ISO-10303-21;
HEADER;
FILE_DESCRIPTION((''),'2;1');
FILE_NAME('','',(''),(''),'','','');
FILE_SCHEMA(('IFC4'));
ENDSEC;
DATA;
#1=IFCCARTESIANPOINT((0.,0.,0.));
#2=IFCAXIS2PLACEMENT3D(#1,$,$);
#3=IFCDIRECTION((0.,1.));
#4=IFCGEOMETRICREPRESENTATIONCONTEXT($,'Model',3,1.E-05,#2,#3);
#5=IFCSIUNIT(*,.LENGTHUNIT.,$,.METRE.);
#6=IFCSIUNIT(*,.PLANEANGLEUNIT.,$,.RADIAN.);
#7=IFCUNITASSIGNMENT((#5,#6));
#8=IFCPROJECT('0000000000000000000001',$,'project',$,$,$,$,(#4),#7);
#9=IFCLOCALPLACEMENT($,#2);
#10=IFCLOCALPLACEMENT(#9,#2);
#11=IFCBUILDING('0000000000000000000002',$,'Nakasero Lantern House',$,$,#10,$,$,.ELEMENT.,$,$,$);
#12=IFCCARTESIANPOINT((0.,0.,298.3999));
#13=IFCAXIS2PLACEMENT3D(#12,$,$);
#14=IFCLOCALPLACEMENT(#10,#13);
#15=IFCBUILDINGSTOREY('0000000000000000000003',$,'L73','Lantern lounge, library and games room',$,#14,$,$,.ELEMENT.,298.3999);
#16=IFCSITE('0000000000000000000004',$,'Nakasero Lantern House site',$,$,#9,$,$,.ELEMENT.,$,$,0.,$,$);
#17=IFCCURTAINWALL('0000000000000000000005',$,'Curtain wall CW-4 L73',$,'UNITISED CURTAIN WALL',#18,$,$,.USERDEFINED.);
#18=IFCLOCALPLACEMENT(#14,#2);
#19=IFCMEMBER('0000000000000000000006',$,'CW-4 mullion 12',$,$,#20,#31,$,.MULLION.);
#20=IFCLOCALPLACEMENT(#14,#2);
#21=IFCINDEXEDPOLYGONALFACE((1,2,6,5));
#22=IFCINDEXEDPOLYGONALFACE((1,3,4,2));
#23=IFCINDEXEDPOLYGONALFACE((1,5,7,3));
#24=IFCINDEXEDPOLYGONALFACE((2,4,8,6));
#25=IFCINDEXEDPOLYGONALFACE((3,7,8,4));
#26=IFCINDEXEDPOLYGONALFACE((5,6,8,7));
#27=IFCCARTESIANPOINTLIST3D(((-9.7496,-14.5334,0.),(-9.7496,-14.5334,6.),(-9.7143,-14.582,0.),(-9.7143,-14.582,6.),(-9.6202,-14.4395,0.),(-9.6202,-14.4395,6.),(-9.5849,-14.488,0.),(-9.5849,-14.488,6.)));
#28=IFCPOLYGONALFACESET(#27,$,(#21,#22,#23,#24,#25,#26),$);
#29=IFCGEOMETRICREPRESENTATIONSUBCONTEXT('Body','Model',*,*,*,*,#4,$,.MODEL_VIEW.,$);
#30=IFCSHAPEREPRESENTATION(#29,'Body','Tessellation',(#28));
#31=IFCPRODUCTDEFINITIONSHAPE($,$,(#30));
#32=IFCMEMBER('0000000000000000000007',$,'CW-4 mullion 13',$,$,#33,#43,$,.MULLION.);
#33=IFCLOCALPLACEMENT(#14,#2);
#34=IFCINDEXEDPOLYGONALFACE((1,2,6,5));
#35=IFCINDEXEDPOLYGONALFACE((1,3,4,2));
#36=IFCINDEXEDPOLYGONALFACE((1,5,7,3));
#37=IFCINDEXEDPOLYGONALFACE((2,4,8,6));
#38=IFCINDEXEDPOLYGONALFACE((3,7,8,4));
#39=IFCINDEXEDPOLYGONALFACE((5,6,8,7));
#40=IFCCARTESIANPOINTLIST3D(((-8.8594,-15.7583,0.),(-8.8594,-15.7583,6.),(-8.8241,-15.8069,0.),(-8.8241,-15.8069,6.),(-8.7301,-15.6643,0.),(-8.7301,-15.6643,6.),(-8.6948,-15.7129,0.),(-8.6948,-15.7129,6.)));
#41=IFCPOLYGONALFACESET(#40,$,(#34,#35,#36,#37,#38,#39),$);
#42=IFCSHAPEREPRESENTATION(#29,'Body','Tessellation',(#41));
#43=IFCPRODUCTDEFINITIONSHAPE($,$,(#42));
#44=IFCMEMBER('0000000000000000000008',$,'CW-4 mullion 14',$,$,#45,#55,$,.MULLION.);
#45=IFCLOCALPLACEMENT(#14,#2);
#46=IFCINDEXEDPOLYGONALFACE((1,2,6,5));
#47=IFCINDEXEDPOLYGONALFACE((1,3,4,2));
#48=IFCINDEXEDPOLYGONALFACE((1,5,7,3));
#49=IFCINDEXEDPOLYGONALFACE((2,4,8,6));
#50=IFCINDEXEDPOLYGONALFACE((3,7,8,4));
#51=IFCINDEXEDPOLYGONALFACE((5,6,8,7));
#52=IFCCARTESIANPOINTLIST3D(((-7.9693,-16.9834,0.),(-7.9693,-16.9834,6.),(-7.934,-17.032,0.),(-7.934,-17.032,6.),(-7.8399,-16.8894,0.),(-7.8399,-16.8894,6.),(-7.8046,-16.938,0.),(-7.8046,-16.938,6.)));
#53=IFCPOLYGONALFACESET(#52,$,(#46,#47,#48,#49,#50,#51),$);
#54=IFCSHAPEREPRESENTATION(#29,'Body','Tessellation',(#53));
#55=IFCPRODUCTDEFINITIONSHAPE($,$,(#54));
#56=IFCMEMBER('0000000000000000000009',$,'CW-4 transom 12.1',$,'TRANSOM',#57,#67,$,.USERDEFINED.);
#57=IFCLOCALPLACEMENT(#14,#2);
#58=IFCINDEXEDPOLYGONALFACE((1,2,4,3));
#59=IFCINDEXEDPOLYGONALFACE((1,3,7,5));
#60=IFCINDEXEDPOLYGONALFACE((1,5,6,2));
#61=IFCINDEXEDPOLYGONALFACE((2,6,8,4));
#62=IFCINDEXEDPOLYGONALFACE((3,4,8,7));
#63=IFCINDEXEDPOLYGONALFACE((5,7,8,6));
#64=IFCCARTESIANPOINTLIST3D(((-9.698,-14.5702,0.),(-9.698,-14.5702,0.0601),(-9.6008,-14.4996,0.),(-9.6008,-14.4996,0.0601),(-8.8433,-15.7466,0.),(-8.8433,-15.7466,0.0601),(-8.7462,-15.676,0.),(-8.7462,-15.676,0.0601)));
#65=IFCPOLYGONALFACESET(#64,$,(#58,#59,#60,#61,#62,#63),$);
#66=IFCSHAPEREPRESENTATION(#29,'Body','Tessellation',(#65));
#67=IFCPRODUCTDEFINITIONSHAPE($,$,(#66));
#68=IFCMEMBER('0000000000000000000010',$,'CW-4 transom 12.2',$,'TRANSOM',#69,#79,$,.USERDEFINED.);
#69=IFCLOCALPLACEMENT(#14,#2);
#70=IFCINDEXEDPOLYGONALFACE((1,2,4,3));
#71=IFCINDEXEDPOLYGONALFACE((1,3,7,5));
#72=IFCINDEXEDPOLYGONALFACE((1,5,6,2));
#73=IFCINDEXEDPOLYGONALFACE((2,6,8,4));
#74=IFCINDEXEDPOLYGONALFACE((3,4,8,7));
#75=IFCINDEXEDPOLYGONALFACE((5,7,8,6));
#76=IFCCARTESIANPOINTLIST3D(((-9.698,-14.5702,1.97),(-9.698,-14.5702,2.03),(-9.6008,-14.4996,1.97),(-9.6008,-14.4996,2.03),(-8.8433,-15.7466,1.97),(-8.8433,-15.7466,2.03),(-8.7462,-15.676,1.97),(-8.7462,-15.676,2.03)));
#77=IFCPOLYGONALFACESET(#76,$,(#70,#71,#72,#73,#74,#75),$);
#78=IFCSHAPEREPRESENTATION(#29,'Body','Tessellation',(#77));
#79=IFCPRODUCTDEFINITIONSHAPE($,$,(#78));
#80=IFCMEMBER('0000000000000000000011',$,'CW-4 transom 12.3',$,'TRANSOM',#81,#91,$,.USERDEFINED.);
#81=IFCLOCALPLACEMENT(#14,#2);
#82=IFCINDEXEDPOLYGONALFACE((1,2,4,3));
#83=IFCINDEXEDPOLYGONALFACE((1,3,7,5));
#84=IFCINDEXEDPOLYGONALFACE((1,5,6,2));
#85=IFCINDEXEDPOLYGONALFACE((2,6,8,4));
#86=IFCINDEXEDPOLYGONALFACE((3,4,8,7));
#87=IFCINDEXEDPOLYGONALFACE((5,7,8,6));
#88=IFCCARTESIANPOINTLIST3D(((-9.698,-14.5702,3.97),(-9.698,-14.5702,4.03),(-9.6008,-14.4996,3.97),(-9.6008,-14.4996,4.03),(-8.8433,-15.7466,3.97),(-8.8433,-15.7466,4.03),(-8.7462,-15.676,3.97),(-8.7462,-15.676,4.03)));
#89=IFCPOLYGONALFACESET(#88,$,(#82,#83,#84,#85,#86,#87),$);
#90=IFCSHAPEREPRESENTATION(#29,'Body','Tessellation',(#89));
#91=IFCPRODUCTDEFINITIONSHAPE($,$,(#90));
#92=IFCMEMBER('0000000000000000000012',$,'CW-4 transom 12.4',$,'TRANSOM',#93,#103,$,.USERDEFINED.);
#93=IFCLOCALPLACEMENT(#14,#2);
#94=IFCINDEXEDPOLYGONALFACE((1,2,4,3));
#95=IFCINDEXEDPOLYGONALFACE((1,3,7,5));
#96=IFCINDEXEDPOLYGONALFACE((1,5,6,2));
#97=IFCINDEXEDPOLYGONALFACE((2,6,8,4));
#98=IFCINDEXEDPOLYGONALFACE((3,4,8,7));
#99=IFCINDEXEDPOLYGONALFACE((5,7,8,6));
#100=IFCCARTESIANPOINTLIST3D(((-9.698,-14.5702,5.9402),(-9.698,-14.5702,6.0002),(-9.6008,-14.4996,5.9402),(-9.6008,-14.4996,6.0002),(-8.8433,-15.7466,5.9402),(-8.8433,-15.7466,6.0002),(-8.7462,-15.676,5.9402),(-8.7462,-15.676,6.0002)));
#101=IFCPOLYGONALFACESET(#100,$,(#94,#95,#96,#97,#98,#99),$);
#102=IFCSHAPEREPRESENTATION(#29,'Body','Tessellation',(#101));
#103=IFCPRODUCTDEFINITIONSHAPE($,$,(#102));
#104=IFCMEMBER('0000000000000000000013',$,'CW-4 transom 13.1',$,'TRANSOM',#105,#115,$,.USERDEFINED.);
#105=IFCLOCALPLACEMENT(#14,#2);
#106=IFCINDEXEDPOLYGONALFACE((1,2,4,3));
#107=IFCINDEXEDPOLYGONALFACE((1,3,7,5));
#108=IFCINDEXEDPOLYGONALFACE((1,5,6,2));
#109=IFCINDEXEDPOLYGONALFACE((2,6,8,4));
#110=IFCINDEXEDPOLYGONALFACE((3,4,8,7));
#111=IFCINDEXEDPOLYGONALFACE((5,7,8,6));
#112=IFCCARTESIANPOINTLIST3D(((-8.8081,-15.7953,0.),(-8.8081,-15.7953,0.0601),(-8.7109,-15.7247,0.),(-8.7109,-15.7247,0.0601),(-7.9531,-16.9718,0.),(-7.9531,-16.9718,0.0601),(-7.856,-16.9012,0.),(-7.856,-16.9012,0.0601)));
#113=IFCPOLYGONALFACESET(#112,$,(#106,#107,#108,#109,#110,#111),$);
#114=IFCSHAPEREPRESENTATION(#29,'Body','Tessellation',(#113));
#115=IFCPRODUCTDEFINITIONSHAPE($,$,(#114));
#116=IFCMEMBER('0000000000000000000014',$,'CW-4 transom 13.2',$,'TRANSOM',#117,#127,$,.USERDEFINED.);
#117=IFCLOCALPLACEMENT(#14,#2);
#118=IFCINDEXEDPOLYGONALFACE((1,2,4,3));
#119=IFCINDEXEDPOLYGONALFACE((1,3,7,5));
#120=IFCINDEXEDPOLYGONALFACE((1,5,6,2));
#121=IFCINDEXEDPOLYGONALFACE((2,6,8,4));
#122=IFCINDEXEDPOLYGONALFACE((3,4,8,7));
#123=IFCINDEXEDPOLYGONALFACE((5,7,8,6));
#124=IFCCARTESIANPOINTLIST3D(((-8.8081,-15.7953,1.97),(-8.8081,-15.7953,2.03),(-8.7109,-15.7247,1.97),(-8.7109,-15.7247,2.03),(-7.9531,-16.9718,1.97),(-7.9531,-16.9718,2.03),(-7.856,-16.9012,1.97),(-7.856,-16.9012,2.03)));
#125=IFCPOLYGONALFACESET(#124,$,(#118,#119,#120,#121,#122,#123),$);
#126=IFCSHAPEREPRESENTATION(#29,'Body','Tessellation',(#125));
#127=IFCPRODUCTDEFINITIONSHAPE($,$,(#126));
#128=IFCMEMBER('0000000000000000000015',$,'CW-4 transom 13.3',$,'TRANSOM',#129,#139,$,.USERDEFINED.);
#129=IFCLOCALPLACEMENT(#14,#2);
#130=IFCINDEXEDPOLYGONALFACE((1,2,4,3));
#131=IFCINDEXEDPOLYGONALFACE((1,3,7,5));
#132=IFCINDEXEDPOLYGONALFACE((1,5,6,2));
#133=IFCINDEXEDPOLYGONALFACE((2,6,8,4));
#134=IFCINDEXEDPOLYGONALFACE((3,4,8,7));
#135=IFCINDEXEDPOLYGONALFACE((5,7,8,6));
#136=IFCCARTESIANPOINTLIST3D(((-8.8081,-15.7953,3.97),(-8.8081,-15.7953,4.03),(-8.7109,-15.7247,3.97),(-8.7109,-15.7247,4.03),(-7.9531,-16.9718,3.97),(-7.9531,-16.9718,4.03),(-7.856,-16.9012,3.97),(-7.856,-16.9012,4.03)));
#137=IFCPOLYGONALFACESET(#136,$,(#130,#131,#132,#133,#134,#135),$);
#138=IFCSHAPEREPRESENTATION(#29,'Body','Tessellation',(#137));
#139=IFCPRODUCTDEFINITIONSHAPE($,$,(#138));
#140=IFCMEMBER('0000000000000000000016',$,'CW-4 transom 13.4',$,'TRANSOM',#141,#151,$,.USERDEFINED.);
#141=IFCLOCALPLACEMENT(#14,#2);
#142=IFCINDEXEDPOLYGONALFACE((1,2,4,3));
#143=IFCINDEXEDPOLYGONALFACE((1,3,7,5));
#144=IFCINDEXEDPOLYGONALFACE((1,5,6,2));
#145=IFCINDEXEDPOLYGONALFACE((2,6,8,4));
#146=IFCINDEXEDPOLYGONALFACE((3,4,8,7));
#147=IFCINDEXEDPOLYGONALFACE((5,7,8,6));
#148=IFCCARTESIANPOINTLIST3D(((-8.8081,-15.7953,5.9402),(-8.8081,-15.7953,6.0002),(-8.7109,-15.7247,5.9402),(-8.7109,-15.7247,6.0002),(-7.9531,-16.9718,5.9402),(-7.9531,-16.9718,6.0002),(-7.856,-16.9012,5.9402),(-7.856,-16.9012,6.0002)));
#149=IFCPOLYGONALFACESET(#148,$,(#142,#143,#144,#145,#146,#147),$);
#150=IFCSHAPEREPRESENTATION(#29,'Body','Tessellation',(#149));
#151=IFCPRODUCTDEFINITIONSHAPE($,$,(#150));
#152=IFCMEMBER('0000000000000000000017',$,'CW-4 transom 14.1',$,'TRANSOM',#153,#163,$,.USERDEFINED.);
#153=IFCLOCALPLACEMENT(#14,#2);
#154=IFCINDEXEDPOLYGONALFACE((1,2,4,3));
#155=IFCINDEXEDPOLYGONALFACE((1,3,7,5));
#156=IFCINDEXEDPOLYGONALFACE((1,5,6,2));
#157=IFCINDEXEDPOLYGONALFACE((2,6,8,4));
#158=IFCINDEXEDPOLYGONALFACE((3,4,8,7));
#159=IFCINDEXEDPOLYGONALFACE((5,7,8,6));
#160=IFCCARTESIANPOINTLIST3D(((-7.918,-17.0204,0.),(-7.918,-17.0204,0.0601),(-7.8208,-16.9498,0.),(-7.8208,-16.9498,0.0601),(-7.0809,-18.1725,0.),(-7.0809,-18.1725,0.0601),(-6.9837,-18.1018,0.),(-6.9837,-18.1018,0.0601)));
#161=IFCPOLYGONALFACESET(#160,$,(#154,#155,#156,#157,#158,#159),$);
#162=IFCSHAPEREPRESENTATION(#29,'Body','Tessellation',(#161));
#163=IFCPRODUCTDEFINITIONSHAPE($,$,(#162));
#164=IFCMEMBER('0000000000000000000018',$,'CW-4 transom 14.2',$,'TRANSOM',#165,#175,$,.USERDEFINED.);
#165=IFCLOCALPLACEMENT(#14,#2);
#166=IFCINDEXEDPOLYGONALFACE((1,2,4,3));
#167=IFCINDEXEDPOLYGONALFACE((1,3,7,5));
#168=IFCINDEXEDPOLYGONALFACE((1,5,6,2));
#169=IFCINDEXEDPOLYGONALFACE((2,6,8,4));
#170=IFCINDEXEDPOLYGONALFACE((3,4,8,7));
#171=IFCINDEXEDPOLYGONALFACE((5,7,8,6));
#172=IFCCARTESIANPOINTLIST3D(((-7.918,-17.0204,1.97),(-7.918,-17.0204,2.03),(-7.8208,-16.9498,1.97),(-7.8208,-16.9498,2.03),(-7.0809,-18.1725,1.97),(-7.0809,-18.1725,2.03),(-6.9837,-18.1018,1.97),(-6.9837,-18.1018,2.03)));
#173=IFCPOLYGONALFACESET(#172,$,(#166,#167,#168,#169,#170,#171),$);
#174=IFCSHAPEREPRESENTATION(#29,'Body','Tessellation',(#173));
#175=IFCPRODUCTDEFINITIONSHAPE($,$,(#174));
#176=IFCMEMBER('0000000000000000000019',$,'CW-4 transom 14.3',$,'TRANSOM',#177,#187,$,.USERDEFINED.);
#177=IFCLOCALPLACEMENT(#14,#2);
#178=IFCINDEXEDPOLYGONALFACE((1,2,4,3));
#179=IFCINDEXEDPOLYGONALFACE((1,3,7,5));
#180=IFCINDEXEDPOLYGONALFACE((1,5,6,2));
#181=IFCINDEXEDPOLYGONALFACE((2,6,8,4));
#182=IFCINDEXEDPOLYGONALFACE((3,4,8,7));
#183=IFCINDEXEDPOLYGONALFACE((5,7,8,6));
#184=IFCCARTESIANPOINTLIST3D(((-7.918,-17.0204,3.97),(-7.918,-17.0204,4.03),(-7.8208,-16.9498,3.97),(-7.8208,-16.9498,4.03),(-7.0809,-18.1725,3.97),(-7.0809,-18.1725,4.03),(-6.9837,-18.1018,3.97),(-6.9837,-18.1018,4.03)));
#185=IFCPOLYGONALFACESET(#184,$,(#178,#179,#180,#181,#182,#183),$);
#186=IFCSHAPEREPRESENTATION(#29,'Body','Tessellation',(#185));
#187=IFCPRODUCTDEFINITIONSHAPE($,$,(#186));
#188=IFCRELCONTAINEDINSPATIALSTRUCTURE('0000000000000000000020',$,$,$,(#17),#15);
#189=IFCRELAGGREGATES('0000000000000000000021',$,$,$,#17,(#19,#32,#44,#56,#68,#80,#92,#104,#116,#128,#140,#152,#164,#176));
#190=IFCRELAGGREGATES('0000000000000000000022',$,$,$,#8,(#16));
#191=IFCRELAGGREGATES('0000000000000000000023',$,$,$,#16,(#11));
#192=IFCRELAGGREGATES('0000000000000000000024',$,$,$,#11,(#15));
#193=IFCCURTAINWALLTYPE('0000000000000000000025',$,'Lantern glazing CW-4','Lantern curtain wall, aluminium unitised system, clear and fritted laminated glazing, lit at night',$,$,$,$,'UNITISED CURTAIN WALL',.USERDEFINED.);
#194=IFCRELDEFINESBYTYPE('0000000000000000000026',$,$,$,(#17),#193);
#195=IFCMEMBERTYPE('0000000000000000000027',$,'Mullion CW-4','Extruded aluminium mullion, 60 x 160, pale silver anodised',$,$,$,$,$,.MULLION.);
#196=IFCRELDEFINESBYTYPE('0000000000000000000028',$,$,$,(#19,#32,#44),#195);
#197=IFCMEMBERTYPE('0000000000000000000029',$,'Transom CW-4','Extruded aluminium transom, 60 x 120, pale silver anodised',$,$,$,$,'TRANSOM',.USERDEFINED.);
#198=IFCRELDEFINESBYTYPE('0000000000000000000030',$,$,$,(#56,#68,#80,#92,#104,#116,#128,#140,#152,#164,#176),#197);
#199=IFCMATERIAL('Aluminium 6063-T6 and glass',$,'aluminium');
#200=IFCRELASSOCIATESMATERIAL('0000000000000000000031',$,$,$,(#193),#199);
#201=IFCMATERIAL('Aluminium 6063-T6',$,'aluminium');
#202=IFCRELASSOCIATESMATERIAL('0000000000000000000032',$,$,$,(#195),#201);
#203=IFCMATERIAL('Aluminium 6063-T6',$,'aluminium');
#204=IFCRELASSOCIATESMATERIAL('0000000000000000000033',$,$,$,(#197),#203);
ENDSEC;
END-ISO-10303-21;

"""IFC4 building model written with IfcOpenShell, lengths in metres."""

from ifc_helpers import new_model, si_unit, direction, frame, origin, origin_2d, place, context, subcontext, project, spatial, rectangle, extrude, material, material_profile, profile_set, type_object, element, aggregate, save


model = new_model("IFC4")

# Units and contexts
model_context = context("Model", 3, precision=1e-05, world=origin(), true_north=direction((0.0, 1.0)))
body_context = subcontext(model_context, "Body", "Model", "MODEL_VIEW")
ifc_project = project(units=[si_unit("LENGTHUNIT", "METRE"), si_unit("PLANEANGLEUNIT", "RADIAN")], contexts=[model_context])

# Site, building, storey
site_placement = place(None, origin())
site = spatial("IfcSite", under=ifc_project, at=site_placement, Name="Nakasero Lantern House site", CompositionType="ELEMENT", RefElevation=0.0)
building_placement = place(site_placement, origin())
building = spatial("IfcBuilding", under=site, at=building_placement, Name="Nakasero Lantern House", CompositionType="ELEMENT")
storey_placement = place(building_placement, frame((0.0, 0.0, 298.3999)))
storey = spatial("IfcBuildingStorey", under=building, at=storey_placement, Name="L73", Description="Lantern lounge, library and games room", CompositionType="ELEMENT", Elevation=298.3999)

# Curtain wall, members
ifc_material_1 = material(Name="Aluminium 6063-T6 and glass", Category="aluminium")
curtain_wall_type = type_object("IfcCurtainWallType", Name="Lantern glazing CW-4", Description="Lantern curtain wall, aluminium unitised system, clear and fritted laminated glazing, lit at night", ElementType="UNITISED CURTAIN WALL", PredefinedType="USERDEFINED", material=ifc_material_1)
curtain_wall_placement = place(storey_placement, origin())
curtain_wall = element("IfcCurtainWall", 1, at=curtain_wall_placement, inside=storey, type_object=curtain_wall_type, Name="Curtain wall CW-4 L73", ObjectType="UNITISED CURTAIN WALL", PredefinedType="USERDEFINED")
ifc_material_2 = material(Name="Aluminium 6063-T6", Category="aluminium")
ifc_material_profile_1 = material_profile(ifc_material_2, rectangle(XDim=0.0601, YDim=0.1599, at=origin_2d()), Name="CW-4 mullion 60x160")
ifc_profile_set_1 = profile_set([ifc_material_profile_1], Name="Aluminium 6063-T6")
member_type_1 = type_object("IfcMemberType", Name="Mullion CW-4", Description="Extruded aluminium mullion, 60 x 160, pale silver anodised", PredefinedType="MULLION", material=ifc_profile_set_1)
member_1_placement = place(storey_placement, frame((-9.6672, -14.5107, 0.0), z_axis=(0.0, 0.0, 1.0), x_axis=(0.587785, -0.809017, 0.0)))
member_1 = element("IfcMember", 2, at=member_1_placement, type_object=member_type_1, Name="CW-4 mullion 12", PredefinedType="MULLION", context=body_context, shape_type="SweptSolid", body=[
    extrude(rectangle(XDim=0.0601, YDim=0.1599, at=origin_2d()), origin(), (0.0, 0.0, 1.0), 6.0),
])
member_2_placement = place(storey_placement, frame((-8.7771, -15.7356, 0.0), z_axis=(0.0, 0.0, 1.0), x_axis=(0.587785, -0.809017, 0.0)))
member_2 = element("IfcMember", 3, at=member_2_placement, type_object=member_type_1, Name="CW-4 mullion 13", PredefinedType="MULLION", context=body_context, shape_type="SweptSolid", body=[
    extrude(rectangle(XDim=0.0601, YDim=0.1599, at=origin_2d()), origin(), (0.0, 0.0, 1.0), 6.0),
])
member_3_placement = place(storey_placement, frame((-7.887, -16.9607, 0.0), z_axis=(0.0, 0.0, 1.0), x_axis=(0.587785, -0.809017, 0.0)))
member_3 = element("IfcMember", 4, at=member_3_placement, type_object=member_type_1, Name="CW-4 mullion 14", PredefinedType="MULLION", context=body_context, shape_type="SweptSolid", body=[
    extrude(rectangle(XDim=0.0601, YDim=0.1599, at=origin_2d()), origin(), (0.0, 0.0, 1.0), 6.0),
])
ifc_material_3 = material(Name="Aluminium 6063-T6", Category="aluminium")
ifc_material_profile_2 = material_profile(ifc_material_3, rectangle(XDim=0.0601, YDim=0.1201, at=origin_2d()), Name="CW-4 transom 60x120")
ifc_profile_set_2 = profile_set([ifc_material_profile_2], Name="Aluminium 6063-T6")
member_type_2 = type_object("IfcMemberType", Name="Transom CW-4", Description="Extruded aluminium transom, 60 x 120, pale silver anodised", ElementType="TRANSOM", PredefinedType="USERDEFINED", material=ifc_profile_set_2)
member_4_placement = place(storey_placement, frame((-9.6494, -14.5349, 0.03), z_axis=(0.587762, -0.809034, 0.0), x_axis=(0.0, 0.0, 1.0)))
member_4 = element("IfcMember", 5, at=member_4_placement, type_object=member_type_2, Name="CW-4 transom 12.1", ObjectType="TRANSOM", PredefinedType="USERDEFINED", context=body_context, shape_type="SweptSolid", body=[
    extrude(rectangle(XDim=0.0601, YDim=0.1201, at=origin_2d()), origin(), (0.0, 0.0, 1.0), 1.4541),
])
member_5_placement = place(storey_placement, frame((-9.6494, -14.5349, 2.0), z_axis=(0.587762, -0.809034, 0.0), x_axis=(0.0, 0.0, 1.0)))
member_5 = element("IfcMember", 6, at=member_5_placement, type_object=member_type_2, Name="CW-4 transom 12.2", ObjectType="TRANSOM", PredefinedType="USERDEFINED", context=body_context, shape_type="SweptSolid", body=[
    extrude(rectangle(XDim=0.0601, YDim=0.1201, at=origin_2d()), origin(), (0.0, 0.0, 1.0), 1.4541),
])
member_6_placement = place(storey_placement, frame((-9.6494, -14.5349, 4.0), z_axis=(0.587762, -0.809034, 0.0), x_axis=(0.0, 0.0, 1.0)))
member_6 = element("IfcMember", 7, at=member_6_placement, type_object=member_type_2, Name="CW-4 transom 12.3", ObjectType="TRANSOM", PredefinedType="USERDEFINED", context=body_context, shape_type="SweptSolid", body=[
    extrude(rectangle(XDim=0.0601, YDim=0.1201, at=origin_2d()), origin(), (0.0, 0.0, 1.0), 1.4541),
])
member_7_placement = place(storey_placement, frame((-9.6494, -14.5349, 5.9702), z_axis=(0.587762, -0.809034, 0.0), x_axis=(0.0, 0.0, 1.0)))
member_7 = element("IfcMember", 8, at=member_7_placement, type_object=member_type_2, Name="CW-4 transom 12.4", ObjectType="TRANSOM", PredefinedType="USERDEFINED", context=body_context, shape_type="SweptSolid", body=[
    extrude(rectangle(XDim=0.0601, YDim=0.1201, at=origin_2d()), origin(), (0.0, 0.0, 1.0), 1.4541),
])
member_8_placement = place(storey_placement, frame((-8.7595, -15.76, 0.03), z_axis=(0.587872, -0.808954, 0.0), x_axis=(0.0, 0.0, 1.0)))
member_8 = element("IfcMember", 9, at=member_8_placement, type_object=member_type_2, Name="CW-4 transom 13.1", ObjectType="TRANSOM", PredefinedType="USERDEFINED", context=body_context, shape_type="SweptSolid", body=[
    extrude(rectangle(XDim=0.0601, YDim=0.1201, at=origin_2d()), origin(), (0.0, 0.0, 1.0), 1.4543),
])
member_9_placement = place(storey_placement, frame((-8.7595, -15.76, 2.0), z_axis=(0.587872, -0.808954, 0.0), x_axis=(0.0, 0.0, 1.0)))
member_9 = element("IfcMember", 10, at=member_9_placement, type_object=member_type_2, Name="CW-4 transom 13.2", ObjectType="TRANSOM", PredefinedType="USERDEFINED", context=body_context, shape_type="SweptSolid", body=[
    extrude(rectangle(XDim=0.0601, YDim=0.1201, at=origin_2d()), origin(), (0.0, 0.0, 1.0), 1.4543),
])
member_10_placement = place(storey_placement, frame((-8.7595, -15.76, 4.0), z_axis=(0.587872, -0.808954, 0.0), x_axis=(0.0, 0.0, 1.0)))
member_10 = element("IfcMember", 11, at=member_10_placement, type_object=member_type_2, Name="CW-4 transom 13.3", ObjectType="TRANSOM", PredefinedType="USERDEFINED", context=body_context, shape_type="SweptSolid", body=[
    extrude(rectangle(XDim=0.0601, YDim=0.1201, at=origin_2d()), origin(), (0.0, 0.0, 1.0), 1.4543),
])
member_11_placement = place(storey_placement, frame((-8.7595, -15.76, 5.9702), z_axis=(0.587872, -0.808954, 0.0), x_axis=(0.0, 0.0, 1.0)))
member_11 = element("IfcMember", 12, at=member_11_placement, type_object=member_type_2, Name="CW-4 transom 13.4", ObjectType="TRANSOM", PredefinedType="USERDEFINED", context=body_context, shape_type="SweptSolid", body=[
    extrude(rectangle(XDim=0.0601, YDim=0.1201, at=origin_2d()), origin(), (0.0, 0.0, 1.0), 1.4543),
])
member_12_placement = place(storey_placement, frame((-7.8694, -16.9851, 0.03), z_axis=(0.587835, -0.808981, 0.0), x_axis=(0.0, 0.0, 1.0)))
member_12 = element("IfcMember", 13, at=member_12_placement, type_object=member_type_2, Name="CW-4 transom 14.1", ObjectType="TRANSOM", PredefinedType="USERDEFINED", context=body_context, shape_type="SweptSolid", body=[
    extrude(rectangle(XDim=0.0601, YDim=0.1201, at=origin_2d()), origin(), (0.0, 0.0, 1.0), 1.4241),
])
member_13_placement = place(storey_placement, frame((-7.8694, -16.9851, 2.0), z_axis=(0.587835, -0.808981, 0.0), x_axis=(0.0, 0.0, 1.0)))
member_13 = element("IfcMember", 14, at=member_13_placement, type_object=member_type_2, Name="CW-4 transom 14.2", ObjectType="TRANSOM", PredefinedType="USERDEFINED", context=body_context, shape_type="SweptSolid", body=[
    extrude(rectangle(XDim=0.0601, YDim=0.1201, at=origin_2d()), origin(), (0.0, 0.0, 1.0), 1.4241),
])
member_14_placement = place(storey_placement, frame((-7.8694, -16.9851, 4.0), z_axis=(0.587835, -0.808981, 0.0), x_axis=(0.0, 0.0, 1.0)))
member_14 = element("IfcMember", 15, at=member_14_placement, type_object=member_type_2, Name="CW-4 transom 14.3", ObjectType="TRANSOM", PredefinedType="USERDEFINED", context=body_context, shape_type="SweptSolid", body=[
    extrude(rectangle(XDim=0.0601, YDim=0.1201, at=origin_2d()), origin(), (0.0, 0.0, 1.0), 1.4241),
])
aggregate(curtain_wall, [member_1, member_2, member_3, member_4, member_5, member_6, member_7, member_8, member_9, member_10, member_11, member_12, member_13, member_14])

save(model, "model.ifc")
